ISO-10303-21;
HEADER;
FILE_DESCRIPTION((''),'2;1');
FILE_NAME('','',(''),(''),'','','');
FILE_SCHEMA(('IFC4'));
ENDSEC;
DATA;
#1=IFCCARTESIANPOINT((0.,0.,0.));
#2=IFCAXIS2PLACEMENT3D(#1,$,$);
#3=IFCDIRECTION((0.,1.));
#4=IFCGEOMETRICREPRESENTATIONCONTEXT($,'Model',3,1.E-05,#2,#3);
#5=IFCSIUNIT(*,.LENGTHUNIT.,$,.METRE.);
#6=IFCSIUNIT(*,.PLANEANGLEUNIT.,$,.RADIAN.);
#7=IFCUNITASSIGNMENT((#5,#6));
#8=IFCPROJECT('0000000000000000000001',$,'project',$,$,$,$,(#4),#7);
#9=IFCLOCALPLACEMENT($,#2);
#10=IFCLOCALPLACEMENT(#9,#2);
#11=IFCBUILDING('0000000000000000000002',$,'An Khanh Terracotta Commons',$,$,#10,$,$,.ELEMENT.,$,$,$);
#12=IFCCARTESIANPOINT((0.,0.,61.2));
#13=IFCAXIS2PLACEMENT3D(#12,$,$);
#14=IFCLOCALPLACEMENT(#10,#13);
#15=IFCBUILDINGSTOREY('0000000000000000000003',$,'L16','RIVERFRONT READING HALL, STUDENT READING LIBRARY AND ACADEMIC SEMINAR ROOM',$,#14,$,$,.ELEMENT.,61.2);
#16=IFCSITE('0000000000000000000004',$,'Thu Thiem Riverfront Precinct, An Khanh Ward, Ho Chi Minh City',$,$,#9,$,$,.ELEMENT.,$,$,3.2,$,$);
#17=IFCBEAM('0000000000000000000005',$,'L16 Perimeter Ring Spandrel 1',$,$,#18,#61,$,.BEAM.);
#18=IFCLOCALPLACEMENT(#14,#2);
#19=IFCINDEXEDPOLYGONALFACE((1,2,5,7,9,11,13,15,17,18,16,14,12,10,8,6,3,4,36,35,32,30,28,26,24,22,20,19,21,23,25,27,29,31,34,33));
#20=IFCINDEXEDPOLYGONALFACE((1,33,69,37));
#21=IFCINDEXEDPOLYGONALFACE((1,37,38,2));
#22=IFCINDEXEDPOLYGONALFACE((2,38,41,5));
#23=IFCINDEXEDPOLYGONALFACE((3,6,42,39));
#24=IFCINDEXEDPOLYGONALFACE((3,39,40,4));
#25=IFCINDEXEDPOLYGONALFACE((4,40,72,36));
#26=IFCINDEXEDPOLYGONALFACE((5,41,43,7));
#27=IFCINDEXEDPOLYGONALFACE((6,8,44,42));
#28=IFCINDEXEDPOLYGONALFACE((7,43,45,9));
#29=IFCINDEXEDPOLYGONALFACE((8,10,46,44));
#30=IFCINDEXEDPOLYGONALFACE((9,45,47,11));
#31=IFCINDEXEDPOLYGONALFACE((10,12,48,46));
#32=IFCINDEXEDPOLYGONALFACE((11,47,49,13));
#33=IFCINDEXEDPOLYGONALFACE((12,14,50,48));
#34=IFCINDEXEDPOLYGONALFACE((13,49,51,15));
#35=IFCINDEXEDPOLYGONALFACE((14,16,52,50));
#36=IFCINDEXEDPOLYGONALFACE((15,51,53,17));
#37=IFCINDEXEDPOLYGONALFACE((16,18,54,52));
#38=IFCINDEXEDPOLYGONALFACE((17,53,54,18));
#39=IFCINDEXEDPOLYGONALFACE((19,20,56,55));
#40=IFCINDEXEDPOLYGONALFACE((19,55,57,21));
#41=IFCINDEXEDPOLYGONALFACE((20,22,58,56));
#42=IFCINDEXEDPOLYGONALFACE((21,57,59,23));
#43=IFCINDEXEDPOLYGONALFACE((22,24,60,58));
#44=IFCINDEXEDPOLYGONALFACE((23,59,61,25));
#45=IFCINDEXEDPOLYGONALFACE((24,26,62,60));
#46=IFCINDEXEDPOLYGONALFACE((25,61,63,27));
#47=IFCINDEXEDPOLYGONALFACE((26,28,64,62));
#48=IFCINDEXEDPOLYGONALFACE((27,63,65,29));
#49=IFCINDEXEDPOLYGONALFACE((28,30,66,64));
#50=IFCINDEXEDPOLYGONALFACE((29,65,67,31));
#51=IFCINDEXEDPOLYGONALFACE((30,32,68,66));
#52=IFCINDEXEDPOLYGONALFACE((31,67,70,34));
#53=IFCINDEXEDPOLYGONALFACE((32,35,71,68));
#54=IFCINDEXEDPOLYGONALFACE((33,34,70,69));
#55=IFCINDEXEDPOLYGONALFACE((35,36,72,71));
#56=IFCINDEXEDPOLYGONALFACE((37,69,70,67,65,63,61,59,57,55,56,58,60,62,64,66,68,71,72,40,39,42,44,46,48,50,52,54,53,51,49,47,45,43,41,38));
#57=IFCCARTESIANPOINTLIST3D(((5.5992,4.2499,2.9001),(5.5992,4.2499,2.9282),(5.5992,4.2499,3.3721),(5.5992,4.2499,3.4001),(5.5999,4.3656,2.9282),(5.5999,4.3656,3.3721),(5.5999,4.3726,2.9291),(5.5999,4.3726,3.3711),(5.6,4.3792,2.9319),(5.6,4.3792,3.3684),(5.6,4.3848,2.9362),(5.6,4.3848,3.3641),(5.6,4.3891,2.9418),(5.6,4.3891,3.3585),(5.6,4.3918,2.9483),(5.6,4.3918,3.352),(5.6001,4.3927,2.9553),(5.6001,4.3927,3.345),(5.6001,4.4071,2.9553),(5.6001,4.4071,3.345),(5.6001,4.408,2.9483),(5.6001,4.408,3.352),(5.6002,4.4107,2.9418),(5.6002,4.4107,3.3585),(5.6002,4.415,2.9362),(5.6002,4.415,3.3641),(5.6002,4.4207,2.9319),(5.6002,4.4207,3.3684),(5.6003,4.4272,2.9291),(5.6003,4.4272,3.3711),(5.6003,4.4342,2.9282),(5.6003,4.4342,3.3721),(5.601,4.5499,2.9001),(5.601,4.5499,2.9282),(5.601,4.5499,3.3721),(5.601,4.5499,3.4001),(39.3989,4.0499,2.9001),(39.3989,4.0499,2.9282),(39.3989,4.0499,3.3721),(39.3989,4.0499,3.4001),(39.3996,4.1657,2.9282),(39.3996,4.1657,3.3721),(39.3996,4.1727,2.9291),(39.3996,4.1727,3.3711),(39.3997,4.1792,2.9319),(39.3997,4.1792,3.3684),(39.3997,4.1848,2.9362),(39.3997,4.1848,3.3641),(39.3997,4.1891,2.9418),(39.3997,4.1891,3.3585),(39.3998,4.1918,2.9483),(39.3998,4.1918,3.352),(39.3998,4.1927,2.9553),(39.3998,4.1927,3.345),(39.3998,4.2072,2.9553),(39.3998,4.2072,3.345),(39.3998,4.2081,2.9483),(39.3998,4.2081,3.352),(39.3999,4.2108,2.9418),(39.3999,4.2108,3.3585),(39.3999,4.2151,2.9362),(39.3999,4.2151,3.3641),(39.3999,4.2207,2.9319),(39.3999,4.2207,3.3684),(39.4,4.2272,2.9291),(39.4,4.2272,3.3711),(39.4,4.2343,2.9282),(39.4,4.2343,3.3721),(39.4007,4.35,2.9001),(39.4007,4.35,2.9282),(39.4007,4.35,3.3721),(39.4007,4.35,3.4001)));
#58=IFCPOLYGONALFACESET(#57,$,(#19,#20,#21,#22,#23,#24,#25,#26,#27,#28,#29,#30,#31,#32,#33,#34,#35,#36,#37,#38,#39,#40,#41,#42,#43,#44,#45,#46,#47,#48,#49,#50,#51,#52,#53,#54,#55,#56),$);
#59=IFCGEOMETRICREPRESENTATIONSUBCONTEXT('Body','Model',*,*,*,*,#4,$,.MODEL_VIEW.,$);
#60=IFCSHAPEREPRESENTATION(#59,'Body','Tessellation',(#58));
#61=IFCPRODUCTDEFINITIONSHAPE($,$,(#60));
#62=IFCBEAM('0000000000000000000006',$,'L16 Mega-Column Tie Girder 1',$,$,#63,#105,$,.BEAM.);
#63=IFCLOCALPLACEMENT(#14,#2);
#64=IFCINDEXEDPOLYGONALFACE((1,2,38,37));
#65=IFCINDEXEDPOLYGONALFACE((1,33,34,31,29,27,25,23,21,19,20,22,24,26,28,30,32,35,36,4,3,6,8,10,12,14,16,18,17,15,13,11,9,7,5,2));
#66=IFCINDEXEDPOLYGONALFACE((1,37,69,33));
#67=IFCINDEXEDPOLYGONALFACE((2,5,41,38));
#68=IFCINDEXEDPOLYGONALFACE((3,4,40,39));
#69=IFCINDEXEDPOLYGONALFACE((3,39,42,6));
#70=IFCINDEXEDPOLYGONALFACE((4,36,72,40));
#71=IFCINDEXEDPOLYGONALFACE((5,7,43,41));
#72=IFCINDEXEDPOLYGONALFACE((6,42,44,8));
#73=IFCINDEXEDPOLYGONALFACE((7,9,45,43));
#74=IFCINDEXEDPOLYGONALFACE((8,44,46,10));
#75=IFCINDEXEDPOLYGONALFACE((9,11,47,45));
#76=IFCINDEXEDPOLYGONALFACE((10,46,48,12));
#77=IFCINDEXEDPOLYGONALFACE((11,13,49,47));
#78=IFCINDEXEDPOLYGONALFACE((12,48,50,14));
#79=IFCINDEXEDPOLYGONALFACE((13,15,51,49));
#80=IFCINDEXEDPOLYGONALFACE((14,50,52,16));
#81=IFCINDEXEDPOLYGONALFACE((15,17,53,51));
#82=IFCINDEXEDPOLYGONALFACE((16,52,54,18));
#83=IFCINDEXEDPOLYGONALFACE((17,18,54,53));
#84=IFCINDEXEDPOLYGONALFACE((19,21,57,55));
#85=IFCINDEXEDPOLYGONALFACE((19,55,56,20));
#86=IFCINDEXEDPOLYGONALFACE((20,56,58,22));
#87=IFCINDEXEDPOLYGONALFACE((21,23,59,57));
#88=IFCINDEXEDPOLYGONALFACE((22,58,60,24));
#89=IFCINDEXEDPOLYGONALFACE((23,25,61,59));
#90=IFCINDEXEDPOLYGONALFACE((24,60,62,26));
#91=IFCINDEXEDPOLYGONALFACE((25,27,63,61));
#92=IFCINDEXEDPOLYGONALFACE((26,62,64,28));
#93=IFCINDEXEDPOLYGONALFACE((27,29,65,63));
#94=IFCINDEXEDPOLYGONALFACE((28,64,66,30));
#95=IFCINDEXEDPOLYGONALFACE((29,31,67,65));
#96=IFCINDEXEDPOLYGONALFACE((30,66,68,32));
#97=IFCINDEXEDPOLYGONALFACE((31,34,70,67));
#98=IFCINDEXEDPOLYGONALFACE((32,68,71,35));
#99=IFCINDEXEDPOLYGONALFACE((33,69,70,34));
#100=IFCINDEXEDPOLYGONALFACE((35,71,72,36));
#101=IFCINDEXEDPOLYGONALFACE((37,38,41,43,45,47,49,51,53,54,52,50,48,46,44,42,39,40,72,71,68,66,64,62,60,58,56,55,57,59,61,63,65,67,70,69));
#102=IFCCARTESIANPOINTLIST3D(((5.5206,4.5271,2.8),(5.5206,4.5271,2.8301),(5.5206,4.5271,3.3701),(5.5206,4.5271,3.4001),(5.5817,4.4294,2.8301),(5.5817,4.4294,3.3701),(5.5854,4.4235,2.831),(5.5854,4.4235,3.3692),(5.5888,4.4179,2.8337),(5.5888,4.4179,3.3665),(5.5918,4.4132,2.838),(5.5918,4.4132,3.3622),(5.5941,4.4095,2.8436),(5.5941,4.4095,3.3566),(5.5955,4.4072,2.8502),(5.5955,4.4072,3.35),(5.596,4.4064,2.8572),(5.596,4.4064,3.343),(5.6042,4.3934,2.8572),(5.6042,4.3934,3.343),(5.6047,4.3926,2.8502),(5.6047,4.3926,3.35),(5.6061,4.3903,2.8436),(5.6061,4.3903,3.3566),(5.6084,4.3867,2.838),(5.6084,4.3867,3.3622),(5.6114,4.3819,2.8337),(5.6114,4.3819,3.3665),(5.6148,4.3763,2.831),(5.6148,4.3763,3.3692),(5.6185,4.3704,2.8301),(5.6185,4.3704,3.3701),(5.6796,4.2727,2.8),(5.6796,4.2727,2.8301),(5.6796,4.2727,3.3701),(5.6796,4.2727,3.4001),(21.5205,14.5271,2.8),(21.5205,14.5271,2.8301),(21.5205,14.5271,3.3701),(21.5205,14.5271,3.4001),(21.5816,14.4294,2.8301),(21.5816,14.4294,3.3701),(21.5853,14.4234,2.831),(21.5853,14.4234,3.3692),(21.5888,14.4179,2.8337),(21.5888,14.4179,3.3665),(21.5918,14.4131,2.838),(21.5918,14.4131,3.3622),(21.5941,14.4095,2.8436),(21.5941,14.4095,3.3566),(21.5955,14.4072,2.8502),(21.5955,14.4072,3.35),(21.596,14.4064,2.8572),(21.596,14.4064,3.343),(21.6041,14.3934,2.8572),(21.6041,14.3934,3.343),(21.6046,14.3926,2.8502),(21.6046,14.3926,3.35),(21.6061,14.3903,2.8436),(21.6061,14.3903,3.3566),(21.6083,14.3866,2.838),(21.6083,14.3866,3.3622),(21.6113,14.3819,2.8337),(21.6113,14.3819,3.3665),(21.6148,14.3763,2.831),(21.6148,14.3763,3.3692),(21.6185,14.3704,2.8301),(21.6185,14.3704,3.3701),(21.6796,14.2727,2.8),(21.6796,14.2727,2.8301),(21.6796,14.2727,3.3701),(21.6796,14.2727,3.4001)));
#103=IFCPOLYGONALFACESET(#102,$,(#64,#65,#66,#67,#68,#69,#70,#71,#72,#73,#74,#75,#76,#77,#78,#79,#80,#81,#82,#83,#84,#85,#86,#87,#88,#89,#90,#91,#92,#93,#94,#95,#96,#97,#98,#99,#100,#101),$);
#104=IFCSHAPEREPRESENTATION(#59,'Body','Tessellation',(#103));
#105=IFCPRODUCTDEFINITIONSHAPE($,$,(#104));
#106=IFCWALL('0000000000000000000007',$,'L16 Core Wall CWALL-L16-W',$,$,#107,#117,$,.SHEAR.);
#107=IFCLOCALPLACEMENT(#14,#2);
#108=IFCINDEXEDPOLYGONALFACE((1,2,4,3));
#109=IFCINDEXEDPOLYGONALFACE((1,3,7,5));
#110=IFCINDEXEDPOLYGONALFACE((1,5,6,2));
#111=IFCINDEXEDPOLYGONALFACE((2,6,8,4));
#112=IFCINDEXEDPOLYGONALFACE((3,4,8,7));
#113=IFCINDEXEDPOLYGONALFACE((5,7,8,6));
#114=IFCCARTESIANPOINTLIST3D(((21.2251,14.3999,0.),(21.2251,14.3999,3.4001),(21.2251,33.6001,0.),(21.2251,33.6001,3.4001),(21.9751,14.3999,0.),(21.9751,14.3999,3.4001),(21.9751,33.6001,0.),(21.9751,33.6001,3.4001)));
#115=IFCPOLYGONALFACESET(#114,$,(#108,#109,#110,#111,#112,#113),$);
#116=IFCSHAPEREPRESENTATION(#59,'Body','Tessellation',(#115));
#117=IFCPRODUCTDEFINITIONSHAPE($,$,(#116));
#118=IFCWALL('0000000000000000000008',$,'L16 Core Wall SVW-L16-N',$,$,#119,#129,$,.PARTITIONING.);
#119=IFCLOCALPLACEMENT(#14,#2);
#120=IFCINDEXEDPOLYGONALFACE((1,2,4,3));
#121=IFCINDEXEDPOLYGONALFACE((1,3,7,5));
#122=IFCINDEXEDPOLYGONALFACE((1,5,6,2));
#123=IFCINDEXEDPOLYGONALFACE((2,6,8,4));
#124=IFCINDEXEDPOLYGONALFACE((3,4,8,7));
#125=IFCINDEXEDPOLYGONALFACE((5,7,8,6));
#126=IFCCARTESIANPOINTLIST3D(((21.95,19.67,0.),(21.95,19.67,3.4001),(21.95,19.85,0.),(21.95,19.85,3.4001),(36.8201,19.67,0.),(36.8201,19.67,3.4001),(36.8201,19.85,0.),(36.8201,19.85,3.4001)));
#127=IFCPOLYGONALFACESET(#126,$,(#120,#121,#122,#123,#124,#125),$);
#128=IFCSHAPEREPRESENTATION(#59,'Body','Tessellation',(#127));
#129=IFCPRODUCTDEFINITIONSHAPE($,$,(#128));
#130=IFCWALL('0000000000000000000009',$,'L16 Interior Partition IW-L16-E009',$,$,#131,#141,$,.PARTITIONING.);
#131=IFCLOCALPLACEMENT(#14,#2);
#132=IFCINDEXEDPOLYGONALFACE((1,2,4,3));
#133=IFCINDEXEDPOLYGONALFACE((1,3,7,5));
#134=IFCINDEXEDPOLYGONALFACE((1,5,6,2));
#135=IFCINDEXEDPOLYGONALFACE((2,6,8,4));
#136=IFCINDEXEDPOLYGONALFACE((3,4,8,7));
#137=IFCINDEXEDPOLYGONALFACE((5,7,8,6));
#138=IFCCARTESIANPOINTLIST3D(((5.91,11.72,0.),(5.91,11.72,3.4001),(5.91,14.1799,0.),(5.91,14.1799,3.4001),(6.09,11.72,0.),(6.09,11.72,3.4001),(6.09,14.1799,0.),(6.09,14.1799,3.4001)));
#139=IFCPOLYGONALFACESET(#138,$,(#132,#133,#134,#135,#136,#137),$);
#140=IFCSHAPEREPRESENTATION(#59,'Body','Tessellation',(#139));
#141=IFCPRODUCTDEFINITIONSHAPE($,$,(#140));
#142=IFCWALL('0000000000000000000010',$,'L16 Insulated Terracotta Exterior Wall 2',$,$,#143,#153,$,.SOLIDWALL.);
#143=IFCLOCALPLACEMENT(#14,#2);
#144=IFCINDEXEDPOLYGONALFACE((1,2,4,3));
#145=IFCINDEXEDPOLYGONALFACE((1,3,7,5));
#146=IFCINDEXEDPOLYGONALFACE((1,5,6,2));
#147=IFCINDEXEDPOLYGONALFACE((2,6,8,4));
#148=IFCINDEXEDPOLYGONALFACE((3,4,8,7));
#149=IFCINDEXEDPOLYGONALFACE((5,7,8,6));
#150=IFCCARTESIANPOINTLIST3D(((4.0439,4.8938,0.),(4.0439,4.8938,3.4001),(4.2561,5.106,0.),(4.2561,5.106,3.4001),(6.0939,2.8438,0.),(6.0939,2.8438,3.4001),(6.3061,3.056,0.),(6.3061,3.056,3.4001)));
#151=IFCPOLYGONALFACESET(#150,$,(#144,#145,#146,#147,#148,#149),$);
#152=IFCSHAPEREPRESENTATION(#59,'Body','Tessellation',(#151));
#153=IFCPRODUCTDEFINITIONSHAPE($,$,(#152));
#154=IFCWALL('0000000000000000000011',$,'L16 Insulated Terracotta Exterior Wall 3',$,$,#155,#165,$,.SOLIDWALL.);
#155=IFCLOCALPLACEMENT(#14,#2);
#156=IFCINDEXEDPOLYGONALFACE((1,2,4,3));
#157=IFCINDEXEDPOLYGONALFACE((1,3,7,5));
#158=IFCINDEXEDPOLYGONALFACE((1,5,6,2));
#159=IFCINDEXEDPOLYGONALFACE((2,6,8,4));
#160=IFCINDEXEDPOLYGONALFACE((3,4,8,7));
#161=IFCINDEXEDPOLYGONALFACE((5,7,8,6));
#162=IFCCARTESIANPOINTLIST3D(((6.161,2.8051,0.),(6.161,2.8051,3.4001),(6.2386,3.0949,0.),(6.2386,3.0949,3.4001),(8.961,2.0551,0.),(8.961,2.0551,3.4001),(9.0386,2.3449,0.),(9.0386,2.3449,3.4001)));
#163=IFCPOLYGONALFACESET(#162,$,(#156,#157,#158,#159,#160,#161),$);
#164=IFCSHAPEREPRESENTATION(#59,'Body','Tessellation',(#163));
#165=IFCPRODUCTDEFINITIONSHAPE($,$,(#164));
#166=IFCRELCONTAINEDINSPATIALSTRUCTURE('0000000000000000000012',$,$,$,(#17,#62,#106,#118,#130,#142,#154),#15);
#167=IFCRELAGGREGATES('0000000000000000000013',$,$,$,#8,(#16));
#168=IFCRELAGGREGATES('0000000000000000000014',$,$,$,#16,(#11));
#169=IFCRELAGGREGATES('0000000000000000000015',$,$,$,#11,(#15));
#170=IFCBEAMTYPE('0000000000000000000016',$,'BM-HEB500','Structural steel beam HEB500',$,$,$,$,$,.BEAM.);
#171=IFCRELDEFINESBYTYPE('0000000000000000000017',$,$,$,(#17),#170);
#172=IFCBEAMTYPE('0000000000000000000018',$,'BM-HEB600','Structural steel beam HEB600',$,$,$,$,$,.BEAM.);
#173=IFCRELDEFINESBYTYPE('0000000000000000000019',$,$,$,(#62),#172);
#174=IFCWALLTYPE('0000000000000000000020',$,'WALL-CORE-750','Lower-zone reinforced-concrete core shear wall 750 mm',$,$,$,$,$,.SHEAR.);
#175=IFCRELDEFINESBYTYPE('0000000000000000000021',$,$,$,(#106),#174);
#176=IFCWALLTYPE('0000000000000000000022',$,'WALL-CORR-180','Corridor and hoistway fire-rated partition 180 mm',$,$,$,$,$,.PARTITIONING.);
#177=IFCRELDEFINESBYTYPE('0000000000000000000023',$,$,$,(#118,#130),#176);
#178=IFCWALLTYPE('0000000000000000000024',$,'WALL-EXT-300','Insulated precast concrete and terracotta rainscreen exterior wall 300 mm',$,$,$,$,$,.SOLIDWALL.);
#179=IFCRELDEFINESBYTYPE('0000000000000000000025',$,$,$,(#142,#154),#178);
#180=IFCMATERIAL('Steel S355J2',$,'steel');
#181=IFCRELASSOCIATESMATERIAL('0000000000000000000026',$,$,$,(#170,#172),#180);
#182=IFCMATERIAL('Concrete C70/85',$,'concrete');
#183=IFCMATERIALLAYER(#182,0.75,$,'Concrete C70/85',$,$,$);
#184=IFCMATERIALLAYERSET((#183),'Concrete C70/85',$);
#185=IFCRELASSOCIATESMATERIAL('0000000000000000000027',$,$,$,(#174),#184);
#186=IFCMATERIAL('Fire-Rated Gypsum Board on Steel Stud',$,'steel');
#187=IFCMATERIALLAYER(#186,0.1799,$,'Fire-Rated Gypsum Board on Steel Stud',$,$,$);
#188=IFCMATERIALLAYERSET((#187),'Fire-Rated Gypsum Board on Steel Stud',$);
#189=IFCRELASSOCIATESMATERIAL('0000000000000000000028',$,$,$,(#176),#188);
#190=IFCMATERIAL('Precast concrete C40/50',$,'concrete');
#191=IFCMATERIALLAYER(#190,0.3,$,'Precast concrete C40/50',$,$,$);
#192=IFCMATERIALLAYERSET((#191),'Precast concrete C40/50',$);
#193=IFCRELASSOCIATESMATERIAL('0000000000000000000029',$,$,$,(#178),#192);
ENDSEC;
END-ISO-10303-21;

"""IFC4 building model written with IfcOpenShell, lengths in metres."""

from ifc_helpers import new_model, si_unit, direction, frame, frame_2d, origin, origin_2d, place, context, subcontext, project, spatial, rectangle, i_section, extrude, material, layer, layer_set, material_profile, profile_set, type_object, element, save


model = new_model("IFC4")

# Units and contexts
model_context = context("Model", 3, precision=1e-05, world=origin(), true_north=direction((0.0, 1.0)))
body_context = subcontext(model_context, "Body", "Model", "MODEL_VIEW")
ifc_project = project(units=[si_unit("LENGTHUNIT", "METRE"), si_unit("PLANEANGLEUNIT", "RADIAN")], contexts=[model_context])

# Site, building, storey
site_placement = place(None, origin())
site = spatial("IfcSite", under=ifc_project, at=site_placement, Name="Thu Thiem Riverfront Precinct, An Khanh Ward, Ho Chi Minh City", CompositionType="ELEMENT", RefElevation=3.2)
building_placement = place(site_placement, origin())
building = spatial("IfcBuilding", under=site, at=building_placement, Name="An Khanh Terracotta Commons", CompositionType="ELEMENT")
storey_placement = place(building_placement, frame((0.0, 0.0, 61.2)))
storey = spatial("IfcBuildingStorey", under=building, at=storey_placement, Name="L16", Description="RIVERFRONT READING HALL, STUDENT READING LIBRARY AND ACADEMIC SEMINAR ROOM", CompositionType="ELEMENT", Elevation=61.2)

# Shared definitions
ifc_material_1 = material(Name="Concrete C70/85", Category="concrete")

# Beams
ifc_material_2 = material(Name="Steel S355J2", Category="steel")
ifc_material_profile_1 = material_profile(ifc_material_2, i_section(OverallWidth=0.3, OverallDepth=0.5, WebThickness=0.0144, FlangeThickness=0.0281, FilletRadius=0.0271, at=origin_2d()), Name="HEB500")
ifc_profile_set_1 = profile_set([ifc_material_profile_1], Name="Steel S355J2")
beam_type_1 = type_object("IfcBeamType", Name="BM-HEB500", Description="Structural steel beam HEB500", PredefinedType="BEAM", material=ifc_profile_set_1)
beam_1_placement = place(storey_placement, frame((5.6001, 4.3999, 3.1501), z_axis=(0.999983, -0.005916, 0.0), x_axis=(0.005916, 0.999983, 0.0)))
element("IfcBeam", 1, at=beam_1_placement, inside=storey, type_object=beam_type_1, Name="L16 Perimeter Ring Spandrel 1", PredefinedType="BEAM", context=body_context, shape_type="SweptSolid", body=[
    extrude(i_section(OverallWidth=0.3, OverallDepth=0.5, WebThickness=0.0144, FlangeThickness=0.0281, FilletRadius=0.0271, at=origin_2d()), origin(), (0.0, 0.0, 1.0), 33.8003),
])
ifc_material_profile_2 = material_profile(ifc_material_2, i_section(OverallWidth=0.3, OverallDepth=0.6001, WebThickness=0.0154, FlangeThickness=0.03, FilletRadius=0.0271, at=origin_2d()), Name="HEB600")
ifc_profile_set_2 = profile_set([ifc_material_profile_2], Name="Steel S355J2")
beam_type_2 = type_object("IfcBeamType", Name="BM-HEB600", Description="Structural steel beam HEB600", PredefinedType="BEAM", material=ifc_profile_set_2)
beam_2_placement = place(storey_placement, frame((5.6001, 4.3999, 3.1001), z_axis=(0.847998, 0.529999, 0.0), x_axis=(-0.529999, 0.847998, 0.0)))
element("IfcBeam", 2, at=beam_2_placement, inside=storey, type_object=beam_type_2, Name="L16 Mega-Column Tie Girder 1", PredefinedType="BEAM", context=body_context, shape_type="SweptSolid", body=[
    extrude(i_section(OverallWidth=0.3, OverallDepth=0.6001, WebThickness=0.0154, FlangeThickness=0.03, FilletRadius=0.0271, at=origin_2d()), origin(), (0.0, 0.0, 1.0), 18.8679),
])

# Walls
ifc_layer_1 = layer(ifc_material_1, 0.75, Name="Concrete C70/85")
ifc_layer_set_1 = layer_set([ifc_layer_1], Name="Concrete C70/85")
wall_type_1 = type_object("IfcWallType", Name="WALL-CORE-750", Description="Lower-zone reinforced-concrete core shear wall 750 mm", PredefinedType="SHEAR", material=ifc_layer_set_1)
wall_1_placement = place(storey_placement, frame((21.6001, 14.3999, 0.0), z_axis=(0.0, 0.0, 1.0), x_axis=(0.0, 1.0, 0.0)))
element("IfcWall", 3, at=wall_1_placement, inside=storey, type_object=wall_type_1, Name="L16 Core Wall CWALL-L16-W", PredefinedType="SHEAR", context=body_context, shape_type="SweptSolid", body=[
    extrude(rectangle(XDim=19.2002, YDim=0.75, at=frame_2d((9.6001, 0.0))), origin(), (0.0, 0.0, 1.0), 3.4001),
])
ifc_material_3 = material(Name="Fire-Rated Gypsum Board on Steel Stud", Category="steel")
ifc_layer_2 = layer(ifc_material_3, 0.1799, Name="Fire-Rated Gypsum Board on Steel Stud")
ifc_layer_set_2 = layer_set([ifc_layer_2], Name="Fire-Rated Gypsum Board on Steel Stud")
wall_type_2 = type_object("IfcWallType", Name="WALL-CORR-180", Description="Corridor and hoistway fire-rated partition 180 mm", PredefinedType="PARTITIONING", material=ifc_layer_set_2)
wall_2_placement = place(storey_placement, frame((21.95, 19.76, 0.0), z_axis=(0.0, 0.0, 1.0), x_axis=(1.0, 0.0, 0.0)))
element("IfcWall", 4, at=wall_2_placement, inside=storey, type_object=wall_type_2, Name="L16 Core Wall SVW-L16-N", PredefinedType="PARTITIONING", context=body_context, shape_type="SweptSolid", body=[
    extrude(rectangle(XDim=14.8701, YDim=0.1799, at=frame_2d((7.4351, 0.0))), origin(), (0.0, 0.0, 1.0), 3.4001),
])
wall_3_placement = place(storey_placement, frame((6.0, 11.72, 0.0), z_axis=(0.0, 0.0, 1.0), x_axis=(0.0, 1.0, 0.0)))
element("IfcWall", 5, at=wall_3_placement, inside=storey, type_object=wall_type_2, Name="L16 Interior Partition IW-L16-E009", PredefinedType="PARTITIONING", context=body_context, shape_type="SweptSolid", body=[
    extrude(rectangle(XDim=2.46, YDim=0.1799, at=frame_2d((1.23, 0.0))), origin(), (0.0, 0.0, 1.0), 3.4001),
])
ifc_material_4 = material(Name="Precast concrete C40/50", Category="concrete")
ifc_layer_3 = layer(ifc_material_4, 0.3, Name="Precast concrete C40/50")
ifc_layer_set_3 = layer_set([ifc_layer_3], Name="Precast concrete C40/50")
wall_type_3 = type_object("IfcWallType", Name="WALL-EXT-300", Description="Insulated precast concrete and terracotta rainscreen exterior wall 300 mm", PredefinedType="SOLIDWALL", material=ifc_layer_set_3)
wall_4_placement = place(storey_placement, frame((4.1499, 5.0, 0.0), z_axis=(0.0, 0.0, 1.0), x_axis=(0.707107, -0.707107, 0.0)))
element("IfcWall", 6, at=wall_4_placement, inside=storey, type_object=wall_type_3, Name="L16 Insulated Terracotta Exterior Wall 2", PredefinedType="SOLIDWALL", context=body_context, shape_type="SweptSolid", body=[
    extrude(rectangle(XDim=2.8992, YDim=0.3, at=frame_2d((1.4497, 0.0))), origin(), (0.0, 0.0, 1.0), 3.4001),
])
wall_5_placement = place(storey_placement, frame((6.2, 2.95, 0.0), z_axis=(0.0, 0.0, 1.0), x_axis=(0.965949, -0.258732, 0.0)))
element("IfcWall", 7, at=wall_5_placement, inside=storey, type_object=wall_type_3, Name="L16 Insulated Terracotta Exterior Wall 3", PredefinedType="SOLIDWALL", context=body_context, shape_type="SweptSolid", body=[
    extrude(rectangle(XDim=2.8987, YDim=0.3, at=frame_2d((1.4492, 0.0))), origin(), (0.0, 0.0, 1.0), 3.4001),
])

save(model, "model.ifc")
